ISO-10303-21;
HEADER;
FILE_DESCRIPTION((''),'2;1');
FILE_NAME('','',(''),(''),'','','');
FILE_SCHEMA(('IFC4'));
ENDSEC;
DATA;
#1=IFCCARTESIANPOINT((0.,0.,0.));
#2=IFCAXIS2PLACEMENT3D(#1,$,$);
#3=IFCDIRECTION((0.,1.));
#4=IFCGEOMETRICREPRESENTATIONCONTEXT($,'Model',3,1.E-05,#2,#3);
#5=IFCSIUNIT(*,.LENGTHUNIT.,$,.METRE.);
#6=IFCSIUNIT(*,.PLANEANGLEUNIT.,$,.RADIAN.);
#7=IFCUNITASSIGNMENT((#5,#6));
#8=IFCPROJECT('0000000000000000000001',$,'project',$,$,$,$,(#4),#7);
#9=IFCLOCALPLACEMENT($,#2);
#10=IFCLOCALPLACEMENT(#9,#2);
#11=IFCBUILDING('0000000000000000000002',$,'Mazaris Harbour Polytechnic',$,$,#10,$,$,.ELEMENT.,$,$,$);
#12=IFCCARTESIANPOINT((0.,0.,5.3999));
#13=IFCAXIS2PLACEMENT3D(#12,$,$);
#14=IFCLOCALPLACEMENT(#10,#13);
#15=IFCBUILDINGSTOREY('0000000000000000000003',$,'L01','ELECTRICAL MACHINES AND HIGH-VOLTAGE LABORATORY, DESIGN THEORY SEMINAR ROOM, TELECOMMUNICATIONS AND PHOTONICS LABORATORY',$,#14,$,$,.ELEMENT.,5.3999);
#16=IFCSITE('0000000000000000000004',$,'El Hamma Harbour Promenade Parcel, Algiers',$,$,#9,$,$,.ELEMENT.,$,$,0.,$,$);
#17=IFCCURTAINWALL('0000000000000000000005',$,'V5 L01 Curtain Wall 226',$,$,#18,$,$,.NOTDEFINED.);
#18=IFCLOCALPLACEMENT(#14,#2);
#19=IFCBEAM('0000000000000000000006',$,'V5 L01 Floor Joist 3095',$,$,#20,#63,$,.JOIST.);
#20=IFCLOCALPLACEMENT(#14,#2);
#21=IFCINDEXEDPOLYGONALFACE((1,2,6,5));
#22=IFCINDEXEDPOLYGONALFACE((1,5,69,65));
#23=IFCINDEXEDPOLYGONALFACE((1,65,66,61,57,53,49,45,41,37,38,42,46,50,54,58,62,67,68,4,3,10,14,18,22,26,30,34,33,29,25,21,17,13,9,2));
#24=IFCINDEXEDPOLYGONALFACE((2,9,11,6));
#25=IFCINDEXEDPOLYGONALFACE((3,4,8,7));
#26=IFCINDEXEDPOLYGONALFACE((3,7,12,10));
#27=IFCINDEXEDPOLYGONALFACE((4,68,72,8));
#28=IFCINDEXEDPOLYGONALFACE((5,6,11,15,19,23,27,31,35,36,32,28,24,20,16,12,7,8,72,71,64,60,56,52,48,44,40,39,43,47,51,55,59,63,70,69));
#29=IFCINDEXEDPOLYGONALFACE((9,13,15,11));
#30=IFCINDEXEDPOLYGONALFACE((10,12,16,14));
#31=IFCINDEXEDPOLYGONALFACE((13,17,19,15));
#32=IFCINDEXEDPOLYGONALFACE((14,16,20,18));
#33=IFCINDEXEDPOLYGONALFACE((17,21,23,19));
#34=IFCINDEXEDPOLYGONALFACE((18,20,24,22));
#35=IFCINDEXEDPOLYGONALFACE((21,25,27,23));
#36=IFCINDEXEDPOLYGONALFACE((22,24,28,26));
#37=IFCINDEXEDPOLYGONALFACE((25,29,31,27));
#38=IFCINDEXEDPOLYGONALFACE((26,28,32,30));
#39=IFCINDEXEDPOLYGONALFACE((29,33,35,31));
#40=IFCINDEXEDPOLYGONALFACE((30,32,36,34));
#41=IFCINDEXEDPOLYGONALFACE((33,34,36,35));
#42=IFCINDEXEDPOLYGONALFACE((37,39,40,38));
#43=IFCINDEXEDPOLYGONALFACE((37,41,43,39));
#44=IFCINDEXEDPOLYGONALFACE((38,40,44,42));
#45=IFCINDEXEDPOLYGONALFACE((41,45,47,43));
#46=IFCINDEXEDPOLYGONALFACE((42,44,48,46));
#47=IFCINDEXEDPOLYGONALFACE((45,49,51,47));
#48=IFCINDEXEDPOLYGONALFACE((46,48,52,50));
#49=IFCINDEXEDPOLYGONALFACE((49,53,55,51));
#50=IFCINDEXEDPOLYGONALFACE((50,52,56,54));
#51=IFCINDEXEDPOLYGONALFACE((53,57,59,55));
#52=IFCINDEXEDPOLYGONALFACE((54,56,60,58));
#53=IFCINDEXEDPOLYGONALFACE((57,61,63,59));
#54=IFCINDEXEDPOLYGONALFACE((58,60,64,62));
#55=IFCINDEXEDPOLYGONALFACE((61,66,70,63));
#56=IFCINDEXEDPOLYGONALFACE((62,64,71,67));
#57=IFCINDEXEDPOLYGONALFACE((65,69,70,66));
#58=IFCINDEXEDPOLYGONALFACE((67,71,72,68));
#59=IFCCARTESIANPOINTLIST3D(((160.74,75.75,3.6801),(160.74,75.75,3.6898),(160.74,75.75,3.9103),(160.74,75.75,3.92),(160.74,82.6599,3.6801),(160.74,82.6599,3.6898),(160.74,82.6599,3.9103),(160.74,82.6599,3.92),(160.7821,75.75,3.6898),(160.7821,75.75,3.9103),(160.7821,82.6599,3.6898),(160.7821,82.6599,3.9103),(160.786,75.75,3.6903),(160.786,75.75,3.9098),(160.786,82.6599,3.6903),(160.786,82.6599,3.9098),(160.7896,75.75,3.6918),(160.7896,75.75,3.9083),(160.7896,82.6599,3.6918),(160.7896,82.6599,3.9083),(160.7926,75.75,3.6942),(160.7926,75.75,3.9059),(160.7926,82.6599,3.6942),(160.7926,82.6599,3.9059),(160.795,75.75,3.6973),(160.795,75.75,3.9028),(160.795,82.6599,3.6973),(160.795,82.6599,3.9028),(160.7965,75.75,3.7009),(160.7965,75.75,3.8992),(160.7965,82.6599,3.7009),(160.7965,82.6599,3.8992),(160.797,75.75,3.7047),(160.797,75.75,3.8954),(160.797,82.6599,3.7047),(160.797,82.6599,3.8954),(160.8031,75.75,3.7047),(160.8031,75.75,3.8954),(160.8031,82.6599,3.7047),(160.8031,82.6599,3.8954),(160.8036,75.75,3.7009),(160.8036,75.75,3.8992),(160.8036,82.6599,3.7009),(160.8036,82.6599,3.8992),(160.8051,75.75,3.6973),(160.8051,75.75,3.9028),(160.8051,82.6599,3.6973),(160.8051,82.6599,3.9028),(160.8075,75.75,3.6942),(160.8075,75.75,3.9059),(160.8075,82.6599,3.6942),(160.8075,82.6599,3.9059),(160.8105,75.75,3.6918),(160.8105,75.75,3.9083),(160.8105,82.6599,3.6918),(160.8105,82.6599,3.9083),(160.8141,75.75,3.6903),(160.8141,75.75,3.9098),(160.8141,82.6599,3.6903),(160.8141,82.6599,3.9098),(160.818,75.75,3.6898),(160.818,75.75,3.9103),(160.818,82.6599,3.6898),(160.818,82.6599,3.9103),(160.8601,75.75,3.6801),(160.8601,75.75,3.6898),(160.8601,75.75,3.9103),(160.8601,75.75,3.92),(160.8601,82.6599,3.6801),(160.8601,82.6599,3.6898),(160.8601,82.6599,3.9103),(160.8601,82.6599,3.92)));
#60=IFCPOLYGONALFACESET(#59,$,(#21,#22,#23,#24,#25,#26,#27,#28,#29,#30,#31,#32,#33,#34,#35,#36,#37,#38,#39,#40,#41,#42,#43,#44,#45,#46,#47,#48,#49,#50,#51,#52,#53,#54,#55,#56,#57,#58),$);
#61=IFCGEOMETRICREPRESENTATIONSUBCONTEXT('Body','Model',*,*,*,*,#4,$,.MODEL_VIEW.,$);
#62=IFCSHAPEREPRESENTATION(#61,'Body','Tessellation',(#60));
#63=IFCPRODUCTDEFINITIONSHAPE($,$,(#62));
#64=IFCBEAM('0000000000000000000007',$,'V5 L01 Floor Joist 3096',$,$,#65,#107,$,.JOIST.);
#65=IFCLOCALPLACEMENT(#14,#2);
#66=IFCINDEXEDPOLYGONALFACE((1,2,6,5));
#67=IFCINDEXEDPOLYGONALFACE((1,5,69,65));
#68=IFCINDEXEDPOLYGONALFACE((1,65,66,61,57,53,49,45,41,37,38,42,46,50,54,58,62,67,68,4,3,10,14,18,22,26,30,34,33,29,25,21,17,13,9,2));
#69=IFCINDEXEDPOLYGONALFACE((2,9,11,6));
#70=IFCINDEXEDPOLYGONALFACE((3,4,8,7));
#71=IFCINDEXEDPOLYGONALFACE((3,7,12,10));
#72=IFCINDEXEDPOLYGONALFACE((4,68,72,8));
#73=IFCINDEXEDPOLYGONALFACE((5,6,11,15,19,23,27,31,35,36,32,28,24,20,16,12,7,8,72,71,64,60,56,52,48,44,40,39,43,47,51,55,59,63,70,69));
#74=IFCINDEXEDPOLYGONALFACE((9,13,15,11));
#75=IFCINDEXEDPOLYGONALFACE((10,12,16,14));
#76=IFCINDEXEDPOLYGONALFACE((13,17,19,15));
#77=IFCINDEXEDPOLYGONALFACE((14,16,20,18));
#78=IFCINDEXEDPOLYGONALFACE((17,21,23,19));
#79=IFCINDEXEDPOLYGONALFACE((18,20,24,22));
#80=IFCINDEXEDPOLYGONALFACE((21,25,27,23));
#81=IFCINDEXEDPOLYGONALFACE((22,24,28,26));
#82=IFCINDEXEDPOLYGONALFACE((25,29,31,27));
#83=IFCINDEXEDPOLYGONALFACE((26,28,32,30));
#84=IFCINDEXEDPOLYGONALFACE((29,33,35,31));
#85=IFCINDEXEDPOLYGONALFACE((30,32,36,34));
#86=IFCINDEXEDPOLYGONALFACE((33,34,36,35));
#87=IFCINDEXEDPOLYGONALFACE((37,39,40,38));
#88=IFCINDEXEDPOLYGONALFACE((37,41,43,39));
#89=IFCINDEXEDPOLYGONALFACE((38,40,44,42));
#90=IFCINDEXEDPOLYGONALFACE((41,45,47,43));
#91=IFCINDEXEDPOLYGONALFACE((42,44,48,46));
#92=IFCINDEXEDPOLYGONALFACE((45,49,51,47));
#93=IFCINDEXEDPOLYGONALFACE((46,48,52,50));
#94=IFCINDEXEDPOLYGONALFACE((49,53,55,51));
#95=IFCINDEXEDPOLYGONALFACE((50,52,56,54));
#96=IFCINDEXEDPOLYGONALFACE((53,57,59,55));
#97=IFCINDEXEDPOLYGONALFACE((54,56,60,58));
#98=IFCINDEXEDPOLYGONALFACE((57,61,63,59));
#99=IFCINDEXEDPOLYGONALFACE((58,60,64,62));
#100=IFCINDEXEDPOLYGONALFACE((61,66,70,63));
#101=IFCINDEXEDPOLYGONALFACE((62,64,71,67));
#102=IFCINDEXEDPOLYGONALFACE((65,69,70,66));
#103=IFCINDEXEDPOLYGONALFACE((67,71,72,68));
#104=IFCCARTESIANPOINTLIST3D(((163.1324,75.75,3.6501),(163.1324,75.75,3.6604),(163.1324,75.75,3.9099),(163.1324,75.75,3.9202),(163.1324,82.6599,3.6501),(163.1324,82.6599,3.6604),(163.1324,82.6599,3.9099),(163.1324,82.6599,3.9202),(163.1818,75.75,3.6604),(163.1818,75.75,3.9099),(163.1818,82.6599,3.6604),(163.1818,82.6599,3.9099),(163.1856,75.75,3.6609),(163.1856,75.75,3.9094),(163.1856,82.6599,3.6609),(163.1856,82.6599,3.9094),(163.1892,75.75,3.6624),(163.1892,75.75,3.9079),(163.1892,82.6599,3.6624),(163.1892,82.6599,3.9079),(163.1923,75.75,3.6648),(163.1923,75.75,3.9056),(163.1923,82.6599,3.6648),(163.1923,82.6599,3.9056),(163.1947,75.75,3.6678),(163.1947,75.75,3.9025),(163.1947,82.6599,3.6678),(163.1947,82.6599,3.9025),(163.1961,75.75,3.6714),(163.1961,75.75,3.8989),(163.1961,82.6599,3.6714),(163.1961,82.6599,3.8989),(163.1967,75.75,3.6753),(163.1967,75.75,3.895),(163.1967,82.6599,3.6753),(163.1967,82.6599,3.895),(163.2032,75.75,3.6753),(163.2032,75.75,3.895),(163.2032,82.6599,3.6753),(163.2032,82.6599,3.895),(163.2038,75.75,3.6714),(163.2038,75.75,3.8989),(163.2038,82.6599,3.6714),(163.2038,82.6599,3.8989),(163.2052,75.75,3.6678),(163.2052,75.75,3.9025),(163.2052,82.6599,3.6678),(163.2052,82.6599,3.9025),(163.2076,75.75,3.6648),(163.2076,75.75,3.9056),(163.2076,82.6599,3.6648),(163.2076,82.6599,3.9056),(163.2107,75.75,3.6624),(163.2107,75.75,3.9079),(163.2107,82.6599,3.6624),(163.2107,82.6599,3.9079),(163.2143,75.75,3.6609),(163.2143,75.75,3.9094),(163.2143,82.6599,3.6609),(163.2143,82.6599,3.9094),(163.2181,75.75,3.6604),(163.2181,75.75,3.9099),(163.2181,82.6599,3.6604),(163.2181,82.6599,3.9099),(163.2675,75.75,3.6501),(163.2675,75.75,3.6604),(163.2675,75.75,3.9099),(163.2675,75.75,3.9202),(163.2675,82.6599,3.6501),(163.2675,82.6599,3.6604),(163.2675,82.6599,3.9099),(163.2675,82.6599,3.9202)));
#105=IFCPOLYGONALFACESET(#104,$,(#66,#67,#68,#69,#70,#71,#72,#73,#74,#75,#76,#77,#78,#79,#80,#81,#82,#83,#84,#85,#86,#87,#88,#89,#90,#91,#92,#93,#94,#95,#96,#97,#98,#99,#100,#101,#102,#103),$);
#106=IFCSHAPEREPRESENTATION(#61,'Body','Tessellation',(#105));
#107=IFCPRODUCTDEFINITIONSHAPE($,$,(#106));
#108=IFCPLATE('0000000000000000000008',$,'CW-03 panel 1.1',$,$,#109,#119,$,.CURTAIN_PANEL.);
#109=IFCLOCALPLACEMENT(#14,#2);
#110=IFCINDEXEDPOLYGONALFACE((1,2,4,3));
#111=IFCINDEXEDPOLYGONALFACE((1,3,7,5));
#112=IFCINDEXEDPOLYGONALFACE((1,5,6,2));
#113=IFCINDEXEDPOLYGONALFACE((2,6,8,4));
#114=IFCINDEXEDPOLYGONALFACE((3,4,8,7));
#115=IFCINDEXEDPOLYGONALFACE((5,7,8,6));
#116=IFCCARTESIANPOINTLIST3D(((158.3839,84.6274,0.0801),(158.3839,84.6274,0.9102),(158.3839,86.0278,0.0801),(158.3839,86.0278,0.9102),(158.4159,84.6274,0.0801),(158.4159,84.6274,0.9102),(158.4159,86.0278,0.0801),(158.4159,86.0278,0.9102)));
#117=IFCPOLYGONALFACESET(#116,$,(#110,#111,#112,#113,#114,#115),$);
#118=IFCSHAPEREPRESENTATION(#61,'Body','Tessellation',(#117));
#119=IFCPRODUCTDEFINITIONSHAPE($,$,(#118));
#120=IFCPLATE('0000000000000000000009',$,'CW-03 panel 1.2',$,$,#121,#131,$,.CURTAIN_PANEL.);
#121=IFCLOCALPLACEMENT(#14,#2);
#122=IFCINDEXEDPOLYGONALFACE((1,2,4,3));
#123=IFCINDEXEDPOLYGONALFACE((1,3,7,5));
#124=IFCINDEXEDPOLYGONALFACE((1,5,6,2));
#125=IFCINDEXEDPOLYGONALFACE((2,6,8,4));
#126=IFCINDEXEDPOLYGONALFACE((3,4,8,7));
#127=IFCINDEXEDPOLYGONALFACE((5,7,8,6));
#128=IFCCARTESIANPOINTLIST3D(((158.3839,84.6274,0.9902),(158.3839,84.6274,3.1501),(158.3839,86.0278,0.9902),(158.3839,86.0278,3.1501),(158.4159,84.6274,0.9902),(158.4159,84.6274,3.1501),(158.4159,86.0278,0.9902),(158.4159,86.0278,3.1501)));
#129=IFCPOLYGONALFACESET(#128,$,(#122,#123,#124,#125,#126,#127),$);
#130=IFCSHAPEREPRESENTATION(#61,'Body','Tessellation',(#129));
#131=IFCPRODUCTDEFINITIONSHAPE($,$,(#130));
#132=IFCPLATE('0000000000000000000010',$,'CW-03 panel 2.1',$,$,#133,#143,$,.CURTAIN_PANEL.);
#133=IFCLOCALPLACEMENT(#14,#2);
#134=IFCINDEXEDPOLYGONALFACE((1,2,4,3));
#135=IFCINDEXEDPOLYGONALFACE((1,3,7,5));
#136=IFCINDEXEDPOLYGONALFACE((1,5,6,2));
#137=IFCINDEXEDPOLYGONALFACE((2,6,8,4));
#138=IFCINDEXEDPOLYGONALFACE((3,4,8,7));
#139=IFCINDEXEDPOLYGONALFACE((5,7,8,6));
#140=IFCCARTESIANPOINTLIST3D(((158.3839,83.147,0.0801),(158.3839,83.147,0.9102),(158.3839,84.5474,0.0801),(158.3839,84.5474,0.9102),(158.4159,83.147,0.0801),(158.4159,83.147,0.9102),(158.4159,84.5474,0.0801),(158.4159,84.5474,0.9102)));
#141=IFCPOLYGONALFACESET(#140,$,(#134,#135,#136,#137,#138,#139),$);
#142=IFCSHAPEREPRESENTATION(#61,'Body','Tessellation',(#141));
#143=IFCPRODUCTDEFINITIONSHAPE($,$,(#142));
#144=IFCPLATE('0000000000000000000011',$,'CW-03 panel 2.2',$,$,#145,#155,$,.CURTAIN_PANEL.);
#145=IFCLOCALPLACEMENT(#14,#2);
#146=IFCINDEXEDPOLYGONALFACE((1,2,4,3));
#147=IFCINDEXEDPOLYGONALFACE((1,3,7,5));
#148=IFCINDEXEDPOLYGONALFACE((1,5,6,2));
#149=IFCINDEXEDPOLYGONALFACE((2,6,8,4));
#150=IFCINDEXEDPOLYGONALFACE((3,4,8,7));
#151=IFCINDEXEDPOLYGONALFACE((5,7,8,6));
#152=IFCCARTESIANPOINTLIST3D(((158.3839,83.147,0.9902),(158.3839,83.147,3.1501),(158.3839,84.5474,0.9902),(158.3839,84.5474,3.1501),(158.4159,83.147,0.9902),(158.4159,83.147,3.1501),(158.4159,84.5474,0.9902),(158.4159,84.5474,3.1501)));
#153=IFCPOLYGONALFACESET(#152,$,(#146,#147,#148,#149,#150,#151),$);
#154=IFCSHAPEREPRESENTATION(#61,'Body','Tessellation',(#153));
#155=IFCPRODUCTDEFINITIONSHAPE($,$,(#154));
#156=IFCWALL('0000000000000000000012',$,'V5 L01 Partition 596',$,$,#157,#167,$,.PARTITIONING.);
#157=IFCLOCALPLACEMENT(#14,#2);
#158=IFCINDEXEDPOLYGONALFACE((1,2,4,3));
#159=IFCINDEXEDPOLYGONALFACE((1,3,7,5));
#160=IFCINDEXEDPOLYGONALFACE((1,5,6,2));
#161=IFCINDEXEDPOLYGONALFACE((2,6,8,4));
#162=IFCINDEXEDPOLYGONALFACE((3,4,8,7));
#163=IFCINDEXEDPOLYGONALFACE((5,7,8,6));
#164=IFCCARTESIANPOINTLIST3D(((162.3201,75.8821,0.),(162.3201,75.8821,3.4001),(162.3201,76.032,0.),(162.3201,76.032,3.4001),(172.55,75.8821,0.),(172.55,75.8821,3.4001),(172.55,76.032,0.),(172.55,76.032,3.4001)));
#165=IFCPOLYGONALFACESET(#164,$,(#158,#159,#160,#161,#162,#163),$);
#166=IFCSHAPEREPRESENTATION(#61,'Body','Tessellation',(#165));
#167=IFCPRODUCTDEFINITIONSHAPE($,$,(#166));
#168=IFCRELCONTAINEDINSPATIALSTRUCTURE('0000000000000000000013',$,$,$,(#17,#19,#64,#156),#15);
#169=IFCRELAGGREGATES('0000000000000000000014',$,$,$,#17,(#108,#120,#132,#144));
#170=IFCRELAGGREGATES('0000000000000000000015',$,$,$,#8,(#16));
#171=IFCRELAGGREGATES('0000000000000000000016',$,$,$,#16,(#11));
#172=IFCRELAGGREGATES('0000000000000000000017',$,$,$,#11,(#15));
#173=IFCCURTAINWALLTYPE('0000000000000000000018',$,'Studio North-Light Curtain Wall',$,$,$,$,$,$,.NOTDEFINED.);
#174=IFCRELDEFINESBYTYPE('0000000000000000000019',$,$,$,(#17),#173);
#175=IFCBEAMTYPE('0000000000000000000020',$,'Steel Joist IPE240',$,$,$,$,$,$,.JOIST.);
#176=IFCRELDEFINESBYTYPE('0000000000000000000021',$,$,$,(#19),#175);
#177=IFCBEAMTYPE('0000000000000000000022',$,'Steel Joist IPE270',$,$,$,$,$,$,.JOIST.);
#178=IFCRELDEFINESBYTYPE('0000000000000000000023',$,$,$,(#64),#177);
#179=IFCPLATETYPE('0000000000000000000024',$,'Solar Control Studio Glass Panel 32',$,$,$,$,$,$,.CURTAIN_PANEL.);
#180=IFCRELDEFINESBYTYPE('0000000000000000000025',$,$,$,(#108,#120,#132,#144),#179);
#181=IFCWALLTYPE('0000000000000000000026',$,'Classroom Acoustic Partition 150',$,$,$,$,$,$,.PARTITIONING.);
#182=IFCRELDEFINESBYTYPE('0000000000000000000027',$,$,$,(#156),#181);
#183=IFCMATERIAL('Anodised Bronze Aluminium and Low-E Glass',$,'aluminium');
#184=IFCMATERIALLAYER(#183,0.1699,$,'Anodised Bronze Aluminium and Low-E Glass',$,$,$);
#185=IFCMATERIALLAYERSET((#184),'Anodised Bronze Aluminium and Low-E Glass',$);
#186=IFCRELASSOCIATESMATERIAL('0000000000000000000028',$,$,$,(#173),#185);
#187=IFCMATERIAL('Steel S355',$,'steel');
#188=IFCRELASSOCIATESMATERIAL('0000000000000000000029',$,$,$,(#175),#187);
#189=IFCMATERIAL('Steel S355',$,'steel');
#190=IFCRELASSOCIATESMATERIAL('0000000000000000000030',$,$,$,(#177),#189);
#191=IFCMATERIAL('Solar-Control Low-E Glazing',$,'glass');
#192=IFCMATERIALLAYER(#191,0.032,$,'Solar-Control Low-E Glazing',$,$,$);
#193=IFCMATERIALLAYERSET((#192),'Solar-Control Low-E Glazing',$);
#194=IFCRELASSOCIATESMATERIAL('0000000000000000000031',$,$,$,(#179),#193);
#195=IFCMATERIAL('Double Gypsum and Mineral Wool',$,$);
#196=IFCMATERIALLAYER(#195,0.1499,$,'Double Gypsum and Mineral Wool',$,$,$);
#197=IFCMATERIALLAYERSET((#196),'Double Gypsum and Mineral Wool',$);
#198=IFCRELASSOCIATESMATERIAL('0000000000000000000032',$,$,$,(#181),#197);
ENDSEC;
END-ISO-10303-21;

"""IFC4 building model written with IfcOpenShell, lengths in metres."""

from ifc_helpers import new_model, si_unit, direction, frame, frame_2d, origin, origin_2d, place, context, subcontext, project, spatial, rectangle, i_section, extrude, material, layer, layer_set, material_profile, profile_set, type_object, element, aggregate, save


model = new_model("IFC4")

# Units and contexts
model_context = context("Model", 3, precision=1e-05, world=origin(), true_north=direction((0.0, 1.0)))
body_context = subcontext(model_context, "Body", "Model", "MODEL_VIEW")
ifc_project = project(units=[si_unit("LENGTHUNIT", "METRE"), si_unit("PLANEANGLEUNIT", "RADIAN")], contexts=[model_context])

# Site, building, storey
site_placement = place(None, origin())
site = spatial("IfcSite", under=ifc_project, at=site_placement, Name="El Hamma Harbour Promenade Parcel, Algiers", CompositionType="ELEMENT", RefElevation=0.0)
building_placement = place(site_placement, origin())
building = spatial("IfcBuilding", under=site, at=building_placement, Name="Mazaris Harbour Polytechnic", CompositionType="ELEMENT")
storey_placement = place(building_placement, frame((0.0, 0.0, 5.3999)))
storey = spatial("IfcBuildingStorey", under=building, at=storey_placement, Name="L01", Description="ELECTRICAL MACHINES AND HIGH-VOLTAGE LABORATORY, DESIGN THEORY SEMINAR ROOM, TELECOMMUNICATIONS AND PHOTONICS LABORATORY", CompositionType="ELEMENT", Elevation=5.3999)

# Curtain wall
ifc_material_1 = material(Name="Anodised Bronze Aluminium and Low-E Glass", Category="aluminium")
ifc_layer_1 = layer(ifc_material_1, 0.1699, Name="Anodised Bronze Aluminium and Low-E Glass")
ifc_layer_set_1 = layer_set([ifc_layer_1], Name="Anodised Bronze Aluminium and Low-E Glass")
curtain_wall_type = type_object("IfcCurtainWallType", Name="Studio North-Light Curtain Wall", PredefinedType="NOTDEFINED", material=ifc_layer_set_1)
curtain_wall_placement = place(storey_placement, origin())
curtain_wall = element("IfcCurtainWall", 1, at=curtain_wall_placement, inside=storey, type_object=curtain_wall_type, Name="V5 L01 Curtain Wall 226", PredefinedType="NOTDEFINED")

# Beams
ifc_material_2 = material(Name="Steel S355", Category="steel")
ifc_material_profile_1 = material_profile(ifc_material_2, i_section(OverallWidth=0.1201, OverallDepth=0.24, WebThickness=0.0061, FlangeThickness=0.0098, FilletRadius=0.0149, at=origin_2d()), Name="IPE 240")
ifc_profile_set_1 = profile_set([ifc_material_profile_1], Name="Steel S355")
beam_type_1 = type_object("IfcBeamType", Name="Steel Joist IPE240", PredefinedType="JOIST", material=ifc_profile_set_1)
beam_1_placement = place(storey_placement, frame((160.8, 75.75, 3.8), z_axis=(0.0, 1.0, 0.0), x_axis=(-1.0, 0.0, 0.0)))
element("IfcBeam", 2, at=beam_1_placement, inside=storey, type_object=beam_type_1, Name="V5 L01 Floor Joist 3095", PredefinedType="JOIST", context=body_context, shape_type="SweptSolid", body=[
    extrude(i_section(OverallWidth=0.1201, OverallDepth=0.24, WebThickness=0.0061, FlangeThickness=0.0098, FilletRadius=0.0149, at=origin_2d()), origin(), (0.0, 0.0, 1.0), 6.9099),
])
ifc_material_3 = material(Name="Steel S355", Category="steel")
ifc_material_profile_2 = material_profile(ifc_material_3, i_section(OverallWidth=0.135, OverallDepth=0.27, WebThickness=0.0066, FlangeThickness=0.0103, FilletRadius=0.0149, at=origin_2d()), Name="IPE 270")
ifc_profile_set_2 = profile_set([ifc_material_profile_2], Name="Steel S355")
beam_type_2 = type_object("IfcBeamType", Name="Steel Joist IPE270", PredefinedType="JOIST", material=ifc_profile_set_2)
beam_2_placement = place(storey_placement, frame((163.2, 75.75, 3.7852), z_axis=(0.0, 1.0, 0.0), x_axis=(-1.0, 0.0, 0.0)))
element("IfcBeam", 3, at=beam_2_placement, inside=storey, type_object=beam_type_2, Name="V5 L01 Floor Joist 3096", PredefinedType="JOIST", context=body_context, shape_type="SweptSolid", body=[
    extrude(i_section(OverallWidth=0.135, OverallDepth=0.27, WebThickness=0.0066, FlangeThickness=0.0103, FilletRadius=0.0149, at=origin_2d()), origin(), (0.0, 0.0, 1.0), 6.9099),
])

# Plates
ifc_material_4 = material(Name="Solar-Control Low-E Glazing", Category="glass")
ifc_layer_2 = layer(ifc_material_4, 0.032, Name="Solar-Control Low-E Glazing")
ifc_layer_set_2 = layer_set([ifc_layer_2], Name="Solar-Control Low-E Glazing")
plate_type = type_object("IfcPlateType", Name="Solar Control Studio Glass Panel 32", PredefinedType="CURTAIN_PANEL", material=ifc_layer_set_2)
plate_1_placement = place(storey_placement, frame((158.3999, 85.3276, 0.0801), z_axis=(0.0, 0.0, 1.0), x_axis=(0.0, -1.0, 0.0)))
plate_1 = element("IfcPlate", 4, at=plate_1_placement, type_object=plate_type, Name="CW-03 panel 1.1", PredefinedType="CURTAIN_PANEL", context=body_context, shape_type="SweptSolid", body=[
    extrude(rectangle(XDim=1.4004, YDim=0.032, at=origin_2d()), origin(), (0.0, 0.0, 1.0), 0.8301),
])
plate_2_placement = place(storey_placement, frame((158.3999, 85.3276, 0.9902), z_axis=(0.0, 0.0, 1.0), x_axis=(0.0, -1.0, 0.0)))
plate_2 = element("IfcPlate", 5, at=plate_2_placement, type_object=plate_type, Name="CW-03 panel 1.2", PredefinedType="CURTAIN_PANEL", context=body_context, shape_type="SweptSolid", body=[
    extrude(rectangle(XDim=1.4004, YDim=0.032, at=origin_2d()), origin(), (0.0, 0.0, 1.0), 2.1599),
])
plate_3_placement = place(storey_placement, frame((158.3999, 83.8472, 0.0801), z_axis=(0.0, 0.0, 1.0), x_axis=(0.0, -1.0, 0.0)))
plate_3 = element("IfcPlate", 6, at=plate_3_placement, type_object=plate_type, Name="CW-03 panel 2.1", PredefinedType="CURTAIN_PANEL", context=body_context, shape_type="SweptSolid", body=[
    extrude(rectangle(XDim=1.4004, YDim=0.032, at=origin_2d()), origin(), (0.0, 0.0, 1.0), 0.8301),
])
plate_4_placement = place(storey_placement, frame((158.3999, 83.8472, 0.9902), z_axis=(0.0, 0.0, 1.0), x_axis=(0.0, -1.0, 0.0)))
plate_4 = element("IfcPlate", 7, at=plate_4_placement, type_object=plate_type, Name="CW-03 panel 2.2", PredefinedType="CURTAIN_PANEL", context=body_context, shape_type="SweptSolid", body=[
    extrude(rectangle(XDim=1.4004, YDim=0.032, at=origin_2d()), origin(), (0.0, 0.0, 1.0), 2.1599),
])
aggregate(curtain_wall, [plate_1, plate_2, plate_3, plate_4])

# Wall
ifc_material_5 = material(Name="Double Gypsum and Mineral Wool")
ifc_layer_3 = layer(ifc_material_5, 0.1499, Name="Double Gypsum and Mineral Wool")
ifc_layer_set_3 = layer_set([ifc_layer_3], Name="Double Gypsum and Mineral Wool")
wall_type_1 = type_object("IfcWallType", Name="Classroom Acoustic Partition 150", PredefinedType="PARTITIONING", material=ifc_layer_set_3)
wall_1_placement = place(storey_placement, frame((162.3201, 75.957, 0.0), z_axis=(0.0, 0.0, 1.0), x_axis=(1.0, 0.0, 0.0)))
element("IfcWall", 8, at=wall_1_placement, inside=storey, type_object=wall_type_1, Name="V5 L01 Partition 596", PredefinedType="PARTITIONING", context=body_context, shape_type="SweptSolid", body=[
    extrude(rectangle(XDim=10.23, YDim=0.1499, at=frame_2d((5.115, 0.0))), origin(), (0.0, 0.0, 1.0), 3.4001),
])

save(model, "model.ifc")
